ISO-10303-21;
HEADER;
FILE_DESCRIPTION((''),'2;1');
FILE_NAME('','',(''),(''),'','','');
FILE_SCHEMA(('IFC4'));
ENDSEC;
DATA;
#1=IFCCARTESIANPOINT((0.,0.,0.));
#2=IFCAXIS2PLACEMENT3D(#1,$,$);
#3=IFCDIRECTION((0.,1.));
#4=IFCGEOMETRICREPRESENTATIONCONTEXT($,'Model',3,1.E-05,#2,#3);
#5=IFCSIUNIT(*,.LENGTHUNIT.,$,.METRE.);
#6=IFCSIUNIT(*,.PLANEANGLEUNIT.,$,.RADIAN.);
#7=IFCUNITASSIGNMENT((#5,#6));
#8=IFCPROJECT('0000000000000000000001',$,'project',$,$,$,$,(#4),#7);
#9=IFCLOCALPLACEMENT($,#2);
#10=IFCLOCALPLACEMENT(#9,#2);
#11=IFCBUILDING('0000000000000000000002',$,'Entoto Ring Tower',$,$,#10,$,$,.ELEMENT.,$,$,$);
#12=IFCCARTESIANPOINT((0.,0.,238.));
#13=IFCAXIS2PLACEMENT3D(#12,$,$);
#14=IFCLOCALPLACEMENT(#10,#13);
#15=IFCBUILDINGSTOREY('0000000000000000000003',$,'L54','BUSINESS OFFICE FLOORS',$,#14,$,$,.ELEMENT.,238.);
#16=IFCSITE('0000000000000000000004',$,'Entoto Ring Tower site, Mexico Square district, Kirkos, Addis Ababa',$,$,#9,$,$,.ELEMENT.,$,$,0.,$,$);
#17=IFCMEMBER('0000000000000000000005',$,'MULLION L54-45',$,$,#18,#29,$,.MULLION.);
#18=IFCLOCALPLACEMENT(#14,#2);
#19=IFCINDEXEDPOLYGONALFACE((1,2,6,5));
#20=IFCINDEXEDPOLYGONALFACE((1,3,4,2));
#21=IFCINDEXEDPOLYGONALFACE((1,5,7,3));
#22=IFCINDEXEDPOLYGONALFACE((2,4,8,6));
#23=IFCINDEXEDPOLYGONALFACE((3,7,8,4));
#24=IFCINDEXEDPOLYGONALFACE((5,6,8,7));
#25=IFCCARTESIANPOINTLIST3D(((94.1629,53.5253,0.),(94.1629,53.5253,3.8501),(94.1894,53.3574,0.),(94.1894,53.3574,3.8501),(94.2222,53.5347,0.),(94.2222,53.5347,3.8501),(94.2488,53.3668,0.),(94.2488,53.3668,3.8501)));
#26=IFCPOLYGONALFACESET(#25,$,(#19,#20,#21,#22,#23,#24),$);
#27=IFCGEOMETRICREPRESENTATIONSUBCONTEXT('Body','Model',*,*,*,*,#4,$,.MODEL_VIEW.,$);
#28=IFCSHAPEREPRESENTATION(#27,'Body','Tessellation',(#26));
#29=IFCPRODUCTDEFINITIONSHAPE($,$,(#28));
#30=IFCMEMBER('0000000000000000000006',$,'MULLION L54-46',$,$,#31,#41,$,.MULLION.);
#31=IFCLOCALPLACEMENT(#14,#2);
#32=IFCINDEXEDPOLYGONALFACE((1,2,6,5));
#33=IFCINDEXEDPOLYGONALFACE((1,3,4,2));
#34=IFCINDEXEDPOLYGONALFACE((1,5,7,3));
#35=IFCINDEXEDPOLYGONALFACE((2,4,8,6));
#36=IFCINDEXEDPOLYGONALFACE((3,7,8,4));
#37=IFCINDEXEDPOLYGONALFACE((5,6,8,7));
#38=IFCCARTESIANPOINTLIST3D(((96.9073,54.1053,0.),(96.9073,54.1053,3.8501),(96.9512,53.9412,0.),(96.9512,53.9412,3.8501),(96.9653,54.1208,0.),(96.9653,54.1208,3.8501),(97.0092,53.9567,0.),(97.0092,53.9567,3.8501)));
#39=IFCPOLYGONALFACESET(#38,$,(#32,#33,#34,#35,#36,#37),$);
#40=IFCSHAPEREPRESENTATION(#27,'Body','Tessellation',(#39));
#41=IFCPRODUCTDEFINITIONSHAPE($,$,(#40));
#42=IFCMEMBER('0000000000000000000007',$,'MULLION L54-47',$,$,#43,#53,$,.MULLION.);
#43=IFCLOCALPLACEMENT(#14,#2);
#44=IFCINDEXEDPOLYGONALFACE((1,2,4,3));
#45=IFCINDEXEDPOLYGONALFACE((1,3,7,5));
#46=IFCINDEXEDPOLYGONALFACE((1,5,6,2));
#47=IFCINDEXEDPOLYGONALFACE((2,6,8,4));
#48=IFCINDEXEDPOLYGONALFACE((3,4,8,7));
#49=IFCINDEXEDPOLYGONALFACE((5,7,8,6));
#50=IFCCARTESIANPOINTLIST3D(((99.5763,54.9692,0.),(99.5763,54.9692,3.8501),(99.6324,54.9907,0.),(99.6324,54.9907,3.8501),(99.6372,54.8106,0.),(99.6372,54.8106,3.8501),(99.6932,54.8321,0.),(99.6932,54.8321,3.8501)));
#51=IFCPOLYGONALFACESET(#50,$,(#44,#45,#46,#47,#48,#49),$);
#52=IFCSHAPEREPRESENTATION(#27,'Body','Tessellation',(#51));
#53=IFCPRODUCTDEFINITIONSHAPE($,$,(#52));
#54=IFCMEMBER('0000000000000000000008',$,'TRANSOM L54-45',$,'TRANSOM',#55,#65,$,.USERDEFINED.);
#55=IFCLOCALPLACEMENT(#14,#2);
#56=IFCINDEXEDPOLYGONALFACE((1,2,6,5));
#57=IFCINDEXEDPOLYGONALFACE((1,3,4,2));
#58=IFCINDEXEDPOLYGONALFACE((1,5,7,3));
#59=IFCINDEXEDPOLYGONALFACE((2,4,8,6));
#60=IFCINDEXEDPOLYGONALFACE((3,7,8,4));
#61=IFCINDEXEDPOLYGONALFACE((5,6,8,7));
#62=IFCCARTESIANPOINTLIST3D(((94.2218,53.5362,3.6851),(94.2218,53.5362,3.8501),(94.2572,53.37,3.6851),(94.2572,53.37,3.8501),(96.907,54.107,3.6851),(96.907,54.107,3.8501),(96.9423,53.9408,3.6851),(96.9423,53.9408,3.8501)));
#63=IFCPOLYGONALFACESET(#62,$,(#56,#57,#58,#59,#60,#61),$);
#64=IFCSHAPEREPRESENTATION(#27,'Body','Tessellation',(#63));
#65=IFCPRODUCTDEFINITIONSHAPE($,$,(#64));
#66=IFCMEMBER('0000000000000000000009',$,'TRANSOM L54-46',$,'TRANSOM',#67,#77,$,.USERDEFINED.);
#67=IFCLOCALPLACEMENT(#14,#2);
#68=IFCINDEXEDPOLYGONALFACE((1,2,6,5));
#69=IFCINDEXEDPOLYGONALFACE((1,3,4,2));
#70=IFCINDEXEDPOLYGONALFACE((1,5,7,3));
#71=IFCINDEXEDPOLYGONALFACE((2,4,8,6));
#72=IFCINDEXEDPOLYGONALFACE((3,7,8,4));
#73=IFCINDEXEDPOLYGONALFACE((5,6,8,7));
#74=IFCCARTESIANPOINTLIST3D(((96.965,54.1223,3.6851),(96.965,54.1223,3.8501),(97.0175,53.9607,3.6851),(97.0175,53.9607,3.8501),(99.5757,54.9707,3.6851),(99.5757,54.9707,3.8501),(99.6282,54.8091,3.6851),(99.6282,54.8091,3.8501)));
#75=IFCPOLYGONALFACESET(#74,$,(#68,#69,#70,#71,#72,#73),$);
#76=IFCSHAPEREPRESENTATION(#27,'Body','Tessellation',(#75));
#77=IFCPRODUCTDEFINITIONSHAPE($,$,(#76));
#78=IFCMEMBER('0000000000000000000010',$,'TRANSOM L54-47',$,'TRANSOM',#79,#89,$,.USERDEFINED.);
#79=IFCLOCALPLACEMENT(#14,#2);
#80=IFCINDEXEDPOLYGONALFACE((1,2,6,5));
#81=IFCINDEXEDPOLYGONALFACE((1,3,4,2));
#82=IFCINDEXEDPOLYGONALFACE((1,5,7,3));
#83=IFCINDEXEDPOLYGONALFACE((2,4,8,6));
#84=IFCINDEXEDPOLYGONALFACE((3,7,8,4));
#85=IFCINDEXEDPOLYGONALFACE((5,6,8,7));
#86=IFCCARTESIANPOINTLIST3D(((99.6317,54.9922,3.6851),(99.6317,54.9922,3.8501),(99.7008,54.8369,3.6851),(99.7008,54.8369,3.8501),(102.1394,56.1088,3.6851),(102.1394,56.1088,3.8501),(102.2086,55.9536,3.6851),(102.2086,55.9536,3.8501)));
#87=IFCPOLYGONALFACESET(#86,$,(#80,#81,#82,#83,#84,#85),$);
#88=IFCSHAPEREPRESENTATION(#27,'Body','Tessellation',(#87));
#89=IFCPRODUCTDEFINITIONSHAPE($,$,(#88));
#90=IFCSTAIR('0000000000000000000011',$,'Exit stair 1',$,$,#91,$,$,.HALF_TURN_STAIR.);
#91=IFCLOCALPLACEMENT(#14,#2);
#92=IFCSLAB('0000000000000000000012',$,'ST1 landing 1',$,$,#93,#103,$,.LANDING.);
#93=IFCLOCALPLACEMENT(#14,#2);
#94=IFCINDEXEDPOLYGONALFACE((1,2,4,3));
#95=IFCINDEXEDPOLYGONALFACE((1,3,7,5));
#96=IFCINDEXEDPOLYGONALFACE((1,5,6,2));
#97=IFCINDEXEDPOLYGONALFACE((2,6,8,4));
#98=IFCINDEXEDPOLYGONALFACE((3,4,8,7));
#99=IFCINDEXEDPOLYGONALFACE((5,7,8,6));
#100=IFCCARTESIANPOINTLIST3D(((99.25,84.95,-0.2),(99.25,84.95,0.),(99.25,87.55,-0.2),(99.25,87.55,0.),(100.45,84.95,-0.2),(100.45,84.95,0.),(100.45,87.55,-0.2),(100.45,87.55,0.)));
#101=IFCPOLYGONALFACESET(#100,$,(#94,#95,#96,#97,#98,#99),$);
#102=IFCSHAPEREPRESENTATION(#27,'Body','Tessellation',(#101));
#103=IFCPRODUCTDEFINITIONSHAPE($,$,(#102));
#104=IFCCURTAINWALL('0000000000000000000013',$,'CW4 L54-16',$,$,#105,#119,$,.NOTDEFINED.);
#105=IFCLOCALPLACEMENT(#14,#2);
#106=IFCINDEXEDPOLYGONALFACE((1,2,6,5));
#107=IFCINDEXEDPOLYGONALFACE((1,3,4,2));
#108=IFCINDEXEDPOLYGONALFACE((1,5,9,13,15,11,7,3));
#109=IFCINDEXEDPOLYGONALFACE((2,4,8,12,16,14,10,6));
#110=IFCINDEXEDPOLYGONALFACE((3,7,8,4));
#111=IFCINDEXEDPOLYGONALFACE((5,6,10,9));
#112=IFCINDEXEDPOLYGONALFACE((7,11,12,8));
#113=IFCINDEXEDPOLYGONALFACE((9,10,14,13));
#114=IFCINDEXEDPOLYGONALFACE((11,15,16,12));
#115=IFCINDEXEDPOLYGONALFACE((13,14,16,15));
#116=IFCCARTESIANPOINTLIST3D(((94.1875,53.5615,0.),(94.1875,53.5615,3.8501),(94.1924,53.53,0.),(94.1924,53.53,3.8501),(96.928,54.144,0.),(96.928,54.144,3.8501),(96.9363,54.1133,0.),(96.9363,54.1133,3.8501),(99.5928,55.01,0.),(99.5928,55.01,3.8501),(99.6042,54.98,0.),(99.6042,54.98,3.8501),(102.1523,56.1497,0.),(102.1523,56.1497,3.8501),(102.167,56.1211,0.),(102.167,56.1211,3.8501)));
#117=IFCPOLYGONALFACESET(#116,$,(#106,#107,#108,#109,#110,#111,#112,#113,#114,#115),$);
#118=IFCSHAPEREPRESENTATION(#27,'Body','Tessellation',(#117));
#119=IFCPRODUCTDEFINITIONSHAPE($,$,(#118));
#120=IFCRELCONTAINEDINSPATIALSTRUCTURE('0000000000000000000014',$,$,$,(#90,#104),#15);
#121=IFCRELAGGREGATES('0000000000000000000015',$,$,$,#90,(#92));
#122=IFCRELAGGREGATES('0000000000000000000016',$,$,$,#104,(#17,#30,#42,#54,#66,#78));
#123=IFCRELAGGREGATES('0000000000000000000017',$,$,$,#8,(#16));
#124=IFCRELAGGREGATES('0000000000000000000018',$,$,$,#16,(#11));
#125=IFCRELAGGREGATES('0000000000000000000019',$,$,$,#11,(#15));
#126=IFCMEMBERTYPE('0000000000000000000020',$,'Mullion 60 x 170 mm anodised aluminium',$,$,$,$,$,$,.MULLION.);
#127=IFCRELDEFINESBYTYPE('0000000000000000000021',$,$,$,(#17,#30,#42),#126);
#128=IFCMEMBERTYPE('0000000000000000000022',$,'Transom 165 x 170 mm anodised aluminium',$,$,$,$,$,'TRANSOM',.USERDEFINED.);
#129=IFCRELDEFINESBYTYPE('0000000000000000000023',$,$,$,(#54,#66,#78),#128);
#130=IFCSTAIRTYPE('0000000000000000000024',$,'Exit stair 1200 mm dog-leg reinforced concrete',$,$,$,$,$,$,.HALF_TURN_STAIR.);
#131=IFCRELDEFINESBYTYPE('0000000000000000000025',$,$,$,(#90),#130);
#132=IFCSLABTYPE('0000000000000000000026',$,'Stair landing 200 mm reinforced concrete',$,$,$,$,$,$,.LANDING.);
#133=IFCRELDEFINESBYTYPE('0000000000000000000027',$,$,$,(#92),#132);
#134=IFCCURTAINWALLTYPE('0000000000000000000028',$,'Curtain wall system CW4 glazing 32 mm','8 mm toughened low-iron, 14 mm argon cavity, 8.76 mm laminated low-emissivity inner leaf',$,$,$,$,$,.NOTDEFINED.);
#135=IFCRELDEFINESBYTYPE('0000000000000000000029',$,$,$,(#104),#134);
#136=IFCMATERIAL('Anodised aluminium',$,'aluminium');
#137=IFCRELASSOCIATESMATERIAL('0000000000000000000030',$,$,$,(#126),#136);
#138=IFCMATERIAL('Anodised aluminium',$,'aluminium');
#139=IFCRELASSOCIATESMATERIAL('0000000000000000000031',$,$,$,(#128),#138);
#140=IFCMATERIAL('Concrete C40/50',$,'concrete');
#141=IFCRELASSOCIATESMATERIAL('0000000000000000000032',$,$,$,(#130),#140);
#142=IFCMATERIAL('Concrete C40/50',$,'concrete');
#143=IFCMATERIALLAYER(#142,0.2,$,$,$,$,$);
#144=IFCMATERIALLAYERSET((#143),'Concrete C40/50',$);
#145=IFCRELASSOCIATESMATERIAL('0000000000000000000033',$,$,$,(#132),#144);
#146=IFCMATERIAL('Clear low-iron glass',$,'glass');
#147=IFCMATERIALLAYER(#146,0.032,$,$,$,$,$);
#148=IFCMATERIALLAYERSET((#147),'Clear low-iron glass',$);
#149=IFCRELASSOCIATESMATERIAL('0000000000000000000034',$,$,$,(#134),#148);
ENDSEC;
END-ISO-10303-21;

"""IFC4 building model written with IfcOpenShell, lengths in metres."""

from ifc_helpers import new_model, si_unit, direction, frame, origin, origin_2d, place, context, subcontext, project, spatial, polyline, rectangle, outline, extrude, material, layer, layer_set, material_profile, profile_set, type_object, element, aggregate, save


model = new_model("IFC4")

# Units and contexts
model_context = context("Model", 3, precision=1e-05, world=origin(), true_north=direction((0.0, 1.0)))
body_context = subcontext(model_context, "Body", "Model", "MODEL_VIEW")
ifc_project = project(units=[si_unit("LENGTHUNIT", "METRE"), si_unit("PLANEANGLEUNIT", "RADIAN")], contexts=[model_context])

# Members
ifc_material_1 = material(Name="Anodised aluminium", Category="aluminium")
ifc_material_profile_1 = material_profile(ifc_material_1, rectangle(XDim=0.0601, YDim=0.1699, at=origin_2d()), Name="Mullion 60 x 170 mm anodised aluminium")
ifc_profile_set_1 = profile_set([ifc_material_profile_1], Name="Anodised aluminium")
member_type_1 = type_object("IfcMemberType", Name="Mullion 60 x 170 mm anodised aluminium", PredefinedType="MULLION", material=ifc_profile_set_1)
site_placement = place(None, origin())
building_placement = place(site_placement, origin())
storey_placement = place(building_placement, frame((0.0, 0.0, 238.0)))
member_1_placement = place(storey_placement, frame((94.2058, 53.446, 0.0), z_axis=(0.0, 0.0, 1.0), x_axis=(0.987688, 0.156434, 0.0)))
member_1 = element("IfcMember", 1, at=member_1_placement, type_object=member_type_1, Name="MULLION L54-45", PredefinedType="MULLION", context=body_context, shape_type="SweptSolid", body=[
    extrude(rectangle(XDim=0.0601, YDim=0.1699, at=origin_2d()), origin(), (0.0, 0.0, 1.0), 3.8501),
])
member_2_placement = place(storey_placement, frame((96.9583, 54.031, 0.0), z_axis=(0.0, 0.0, 1.0), x_axis=(0.965926, 0.258819, 0.0)))
member_2 = element("IfcMember", 2, at=member_2_placement, type_object=member_type_1, Name="MULLION L54-46", PredefinedType="MULLION", context=body_context, shape_type="SweptSolid", body=[
    extrude(rectangle(XDim=0.0601, YDim=0.1699, at=origin_2d()), origin(), (0.0, 0.0, 1.0), 3.8501),
])
member_3_placement = place(storey_placement, frame((99.6348, 54.9006, 0.0), z_axis=(0.0, 0.0, 1.0), x_axis=(0.93358, 0.358368, 0.0)))
member_3 = element("IfcMember", 3, at=member_3_placement, type_object=member_type_1, Name="MULLION L54-47", PredefinedType="MULLION", context=body_context, shape_type="SweptSolid", body=[
    extrude(rectangle(XDim=0.0601, YDim=0.1699, at=origin_2d()), origin(), (0.0, 0.0, 1.0), 3.8501),
])
ifc_material_2 = material(Name="Anodised aluminium", Category="aluminium")
ifc_material_profile_2 = material_profile(ifc_material_2, rectangle(XDim=0.1699, YDim=0.165, at=origin_2d()), Name="Transom 165 x 170 mm anodised aluminium")
ifc_profile_set_2 = profile_set([ifc_material_profile_2], Name="Anodised aluminium")
member_type_2 = type_object("IfcMemberType", Name="Transom 165 x 170 mm anodised aluminium", ElementType="TRANSOM", PredefinedType="USERDEFINED", material=ifc_profile_set_2)
member_4_placement = place(storey_placement, frame((94.2395, 53.4531, 3.7676), z_axis=(0.978142, 0.207937, 0.0), x_axis=(-0.207937, 0.978142, 0.0)))
member_4 = element("IfcMember", 4, at=member_4_placement, type_object=member_type_2, Name="TRANSOM L54-45", ObjectType="TRANSOM", PredefinedType="USERDEFINED", context=body_context, shape_type="SweptSolid", body=[
    extrude(rectangle(XDim=0.1699, YDim=0.165, at=origin_2d()), origin(), (0.0, 0.0, 1.0), 2.7451),
])
member_5_placement = place(storey_placement, frame((96.9912, 54.0415, 3.7676), z_axis=(0.951048, 0.309042, 0.0), x_axis=(-0.309042, 0.951048, 0.0)))
member_5 = element("IfcMember", 5, at=member_5_placement, type_object=member_type_2, Name="TRANSOM L54-46", ObjectType="TRANSOM", PredefinedType="USERDEFINED", context=body_context, shape_type="SweptSolid", body=[
    extrude(rectangle(XDim=0.1699, YDim=0.165, at=origin_2d()), origin(), (0.0, 0.0, 1.0), 2.7451),
])
member_6_placement = place(storey_placement, frame((99.6663, 54.9146, 3.7676), z_axis=(0.913525, 0.406782, 0.0), x_axis=(-0.406782, 0.913525, 0.0)))
member_6 = element("IfcMember", 6, at=member_6_placement, type_object=member_type_2, Name="TRANSOM L54-47", ObjectType="TRANSOM", PredefinedType="USERDEFINED", context=body_context, shape_type="SweptSolid", body=[
    extrude(rectangle(XDim=0.1699, YDim=0.165, at=origin_2d()), origin(), (0.0, 0.0, 1.0), 2.7451),
])

# Site, building, storey
site = spatial("IfcSite", under=ifc_project, at=site_placement, Name="Entoto Ring Tower site, Mexico Square district, Kirkos, Addis Ababa", CompositionType="ELEMENT", RefElevation=0.0)
building = spatial("IfcBuilding", under=site, at=building_placement, Name="Entoto Ring Tower", CompositionType="ELEMENT")
storey = spatial("IfcBuildingStorey", under=building, at=storey_placement, Name="L54", Description="BUSINESS OFFICE FLOORS", CompositionType="ELEMENT", Elevation=238.0)

# Stair, slab
ifc_material_3 = material(Name="Concrete C40/50", Category="concrete")
stair_type = type_object("IfcStairType", Name="Exit stair 1200 mm dog-leg reinforced concrete", PredefinedType="HALF_TURN_STAIR", material=ifc_material_3)
stair_placement = place(storey_placement, origin())
stair = element("IfcStair", 7, at=stair_placement, inside=storey, type_object=stair_type, Name="Exit stair 1", PredefinedType="HALF_TURN_STAIR")
ifc_material_4 = material(Name="Concrete C40/50", Category="concrete")
ifc_layer_1 = layer(ifc_material_4, 0.2)
ifc_layer_set_1 = layer_set([ifc_layer_1], Name="Concrete C40/50")
slab_type = type_object("IfcSlabType", Name="Stair landing 200 mm reinforced concrete", PredefinedType="LANDING", material=ifc_layer_set_1)
slab_placement = place(storey_placement, frame((0.0, 0.0, -0.2)))
slab = element("IfcSlab", 8, at=slab_placement, type_object=slab_type, Name="ST1 landing 1", PredefinedType="LANDING", context=body_context, shape_type="SweptSolid", body=[
    extrude(outline(polyline([(100.45, 84.95), (100.45, 87.55), (99.25, 87.55), (99.25, 84.95), (100.45, 84.95)])), origin(), (0.0, 0.0, 1.0), 0.2),
])
aggregate(stair, [slab])

# Curtain wall
ifc_material_5 = material(Name="Clear low-iron glass", Category="glass")
ifc_layer_2 = layer(ifc_material_5, 0.032)
ifc_layer_set_2 = layer_set([ifc_layer_2], Name="Clear low-iron glass")
curtain_wall_type = type_object("IfcCurtainWallType", Name="Curtain wall system CW4 glazing 32 mm", Description="8 mm toughened low-iron, 14 mm argon cavity, 8.76 mm laminated low-emissivity inner leaf", PredefinedType="NOTDEFINED", material=ifc_layer_set_2)
curtain_wall_1_placement = place(storey_placement, origin())
curtain_wall_1 = element("IfcCurtainWall", 9, at=curtain_wall_1_placement, inside=storey, type_object=curtain_wall_type, Name="CW4 L54-16", PredefinedType="NOTDEFINED", context=body_context, shape_type="SweptSolid", body=[
    extrude(outline(polyline([(94.1924, 53.53), (96.9363, 54.1133), (99.6042, 54.98), (102.167, 56.1211), (102.1523, 56.1497), (99.5928, 55.01), (96.928, 54.144), (94.1875, 53.5615), (94.1924, 53.53)])), origin(), (0.0, 0.0, 1.0), 3.8501),
])
aggregate(curtain_wall_1, [member_1, member_2, member_3, member_4, member_5, member_6])

save(model, "model.ifc")
